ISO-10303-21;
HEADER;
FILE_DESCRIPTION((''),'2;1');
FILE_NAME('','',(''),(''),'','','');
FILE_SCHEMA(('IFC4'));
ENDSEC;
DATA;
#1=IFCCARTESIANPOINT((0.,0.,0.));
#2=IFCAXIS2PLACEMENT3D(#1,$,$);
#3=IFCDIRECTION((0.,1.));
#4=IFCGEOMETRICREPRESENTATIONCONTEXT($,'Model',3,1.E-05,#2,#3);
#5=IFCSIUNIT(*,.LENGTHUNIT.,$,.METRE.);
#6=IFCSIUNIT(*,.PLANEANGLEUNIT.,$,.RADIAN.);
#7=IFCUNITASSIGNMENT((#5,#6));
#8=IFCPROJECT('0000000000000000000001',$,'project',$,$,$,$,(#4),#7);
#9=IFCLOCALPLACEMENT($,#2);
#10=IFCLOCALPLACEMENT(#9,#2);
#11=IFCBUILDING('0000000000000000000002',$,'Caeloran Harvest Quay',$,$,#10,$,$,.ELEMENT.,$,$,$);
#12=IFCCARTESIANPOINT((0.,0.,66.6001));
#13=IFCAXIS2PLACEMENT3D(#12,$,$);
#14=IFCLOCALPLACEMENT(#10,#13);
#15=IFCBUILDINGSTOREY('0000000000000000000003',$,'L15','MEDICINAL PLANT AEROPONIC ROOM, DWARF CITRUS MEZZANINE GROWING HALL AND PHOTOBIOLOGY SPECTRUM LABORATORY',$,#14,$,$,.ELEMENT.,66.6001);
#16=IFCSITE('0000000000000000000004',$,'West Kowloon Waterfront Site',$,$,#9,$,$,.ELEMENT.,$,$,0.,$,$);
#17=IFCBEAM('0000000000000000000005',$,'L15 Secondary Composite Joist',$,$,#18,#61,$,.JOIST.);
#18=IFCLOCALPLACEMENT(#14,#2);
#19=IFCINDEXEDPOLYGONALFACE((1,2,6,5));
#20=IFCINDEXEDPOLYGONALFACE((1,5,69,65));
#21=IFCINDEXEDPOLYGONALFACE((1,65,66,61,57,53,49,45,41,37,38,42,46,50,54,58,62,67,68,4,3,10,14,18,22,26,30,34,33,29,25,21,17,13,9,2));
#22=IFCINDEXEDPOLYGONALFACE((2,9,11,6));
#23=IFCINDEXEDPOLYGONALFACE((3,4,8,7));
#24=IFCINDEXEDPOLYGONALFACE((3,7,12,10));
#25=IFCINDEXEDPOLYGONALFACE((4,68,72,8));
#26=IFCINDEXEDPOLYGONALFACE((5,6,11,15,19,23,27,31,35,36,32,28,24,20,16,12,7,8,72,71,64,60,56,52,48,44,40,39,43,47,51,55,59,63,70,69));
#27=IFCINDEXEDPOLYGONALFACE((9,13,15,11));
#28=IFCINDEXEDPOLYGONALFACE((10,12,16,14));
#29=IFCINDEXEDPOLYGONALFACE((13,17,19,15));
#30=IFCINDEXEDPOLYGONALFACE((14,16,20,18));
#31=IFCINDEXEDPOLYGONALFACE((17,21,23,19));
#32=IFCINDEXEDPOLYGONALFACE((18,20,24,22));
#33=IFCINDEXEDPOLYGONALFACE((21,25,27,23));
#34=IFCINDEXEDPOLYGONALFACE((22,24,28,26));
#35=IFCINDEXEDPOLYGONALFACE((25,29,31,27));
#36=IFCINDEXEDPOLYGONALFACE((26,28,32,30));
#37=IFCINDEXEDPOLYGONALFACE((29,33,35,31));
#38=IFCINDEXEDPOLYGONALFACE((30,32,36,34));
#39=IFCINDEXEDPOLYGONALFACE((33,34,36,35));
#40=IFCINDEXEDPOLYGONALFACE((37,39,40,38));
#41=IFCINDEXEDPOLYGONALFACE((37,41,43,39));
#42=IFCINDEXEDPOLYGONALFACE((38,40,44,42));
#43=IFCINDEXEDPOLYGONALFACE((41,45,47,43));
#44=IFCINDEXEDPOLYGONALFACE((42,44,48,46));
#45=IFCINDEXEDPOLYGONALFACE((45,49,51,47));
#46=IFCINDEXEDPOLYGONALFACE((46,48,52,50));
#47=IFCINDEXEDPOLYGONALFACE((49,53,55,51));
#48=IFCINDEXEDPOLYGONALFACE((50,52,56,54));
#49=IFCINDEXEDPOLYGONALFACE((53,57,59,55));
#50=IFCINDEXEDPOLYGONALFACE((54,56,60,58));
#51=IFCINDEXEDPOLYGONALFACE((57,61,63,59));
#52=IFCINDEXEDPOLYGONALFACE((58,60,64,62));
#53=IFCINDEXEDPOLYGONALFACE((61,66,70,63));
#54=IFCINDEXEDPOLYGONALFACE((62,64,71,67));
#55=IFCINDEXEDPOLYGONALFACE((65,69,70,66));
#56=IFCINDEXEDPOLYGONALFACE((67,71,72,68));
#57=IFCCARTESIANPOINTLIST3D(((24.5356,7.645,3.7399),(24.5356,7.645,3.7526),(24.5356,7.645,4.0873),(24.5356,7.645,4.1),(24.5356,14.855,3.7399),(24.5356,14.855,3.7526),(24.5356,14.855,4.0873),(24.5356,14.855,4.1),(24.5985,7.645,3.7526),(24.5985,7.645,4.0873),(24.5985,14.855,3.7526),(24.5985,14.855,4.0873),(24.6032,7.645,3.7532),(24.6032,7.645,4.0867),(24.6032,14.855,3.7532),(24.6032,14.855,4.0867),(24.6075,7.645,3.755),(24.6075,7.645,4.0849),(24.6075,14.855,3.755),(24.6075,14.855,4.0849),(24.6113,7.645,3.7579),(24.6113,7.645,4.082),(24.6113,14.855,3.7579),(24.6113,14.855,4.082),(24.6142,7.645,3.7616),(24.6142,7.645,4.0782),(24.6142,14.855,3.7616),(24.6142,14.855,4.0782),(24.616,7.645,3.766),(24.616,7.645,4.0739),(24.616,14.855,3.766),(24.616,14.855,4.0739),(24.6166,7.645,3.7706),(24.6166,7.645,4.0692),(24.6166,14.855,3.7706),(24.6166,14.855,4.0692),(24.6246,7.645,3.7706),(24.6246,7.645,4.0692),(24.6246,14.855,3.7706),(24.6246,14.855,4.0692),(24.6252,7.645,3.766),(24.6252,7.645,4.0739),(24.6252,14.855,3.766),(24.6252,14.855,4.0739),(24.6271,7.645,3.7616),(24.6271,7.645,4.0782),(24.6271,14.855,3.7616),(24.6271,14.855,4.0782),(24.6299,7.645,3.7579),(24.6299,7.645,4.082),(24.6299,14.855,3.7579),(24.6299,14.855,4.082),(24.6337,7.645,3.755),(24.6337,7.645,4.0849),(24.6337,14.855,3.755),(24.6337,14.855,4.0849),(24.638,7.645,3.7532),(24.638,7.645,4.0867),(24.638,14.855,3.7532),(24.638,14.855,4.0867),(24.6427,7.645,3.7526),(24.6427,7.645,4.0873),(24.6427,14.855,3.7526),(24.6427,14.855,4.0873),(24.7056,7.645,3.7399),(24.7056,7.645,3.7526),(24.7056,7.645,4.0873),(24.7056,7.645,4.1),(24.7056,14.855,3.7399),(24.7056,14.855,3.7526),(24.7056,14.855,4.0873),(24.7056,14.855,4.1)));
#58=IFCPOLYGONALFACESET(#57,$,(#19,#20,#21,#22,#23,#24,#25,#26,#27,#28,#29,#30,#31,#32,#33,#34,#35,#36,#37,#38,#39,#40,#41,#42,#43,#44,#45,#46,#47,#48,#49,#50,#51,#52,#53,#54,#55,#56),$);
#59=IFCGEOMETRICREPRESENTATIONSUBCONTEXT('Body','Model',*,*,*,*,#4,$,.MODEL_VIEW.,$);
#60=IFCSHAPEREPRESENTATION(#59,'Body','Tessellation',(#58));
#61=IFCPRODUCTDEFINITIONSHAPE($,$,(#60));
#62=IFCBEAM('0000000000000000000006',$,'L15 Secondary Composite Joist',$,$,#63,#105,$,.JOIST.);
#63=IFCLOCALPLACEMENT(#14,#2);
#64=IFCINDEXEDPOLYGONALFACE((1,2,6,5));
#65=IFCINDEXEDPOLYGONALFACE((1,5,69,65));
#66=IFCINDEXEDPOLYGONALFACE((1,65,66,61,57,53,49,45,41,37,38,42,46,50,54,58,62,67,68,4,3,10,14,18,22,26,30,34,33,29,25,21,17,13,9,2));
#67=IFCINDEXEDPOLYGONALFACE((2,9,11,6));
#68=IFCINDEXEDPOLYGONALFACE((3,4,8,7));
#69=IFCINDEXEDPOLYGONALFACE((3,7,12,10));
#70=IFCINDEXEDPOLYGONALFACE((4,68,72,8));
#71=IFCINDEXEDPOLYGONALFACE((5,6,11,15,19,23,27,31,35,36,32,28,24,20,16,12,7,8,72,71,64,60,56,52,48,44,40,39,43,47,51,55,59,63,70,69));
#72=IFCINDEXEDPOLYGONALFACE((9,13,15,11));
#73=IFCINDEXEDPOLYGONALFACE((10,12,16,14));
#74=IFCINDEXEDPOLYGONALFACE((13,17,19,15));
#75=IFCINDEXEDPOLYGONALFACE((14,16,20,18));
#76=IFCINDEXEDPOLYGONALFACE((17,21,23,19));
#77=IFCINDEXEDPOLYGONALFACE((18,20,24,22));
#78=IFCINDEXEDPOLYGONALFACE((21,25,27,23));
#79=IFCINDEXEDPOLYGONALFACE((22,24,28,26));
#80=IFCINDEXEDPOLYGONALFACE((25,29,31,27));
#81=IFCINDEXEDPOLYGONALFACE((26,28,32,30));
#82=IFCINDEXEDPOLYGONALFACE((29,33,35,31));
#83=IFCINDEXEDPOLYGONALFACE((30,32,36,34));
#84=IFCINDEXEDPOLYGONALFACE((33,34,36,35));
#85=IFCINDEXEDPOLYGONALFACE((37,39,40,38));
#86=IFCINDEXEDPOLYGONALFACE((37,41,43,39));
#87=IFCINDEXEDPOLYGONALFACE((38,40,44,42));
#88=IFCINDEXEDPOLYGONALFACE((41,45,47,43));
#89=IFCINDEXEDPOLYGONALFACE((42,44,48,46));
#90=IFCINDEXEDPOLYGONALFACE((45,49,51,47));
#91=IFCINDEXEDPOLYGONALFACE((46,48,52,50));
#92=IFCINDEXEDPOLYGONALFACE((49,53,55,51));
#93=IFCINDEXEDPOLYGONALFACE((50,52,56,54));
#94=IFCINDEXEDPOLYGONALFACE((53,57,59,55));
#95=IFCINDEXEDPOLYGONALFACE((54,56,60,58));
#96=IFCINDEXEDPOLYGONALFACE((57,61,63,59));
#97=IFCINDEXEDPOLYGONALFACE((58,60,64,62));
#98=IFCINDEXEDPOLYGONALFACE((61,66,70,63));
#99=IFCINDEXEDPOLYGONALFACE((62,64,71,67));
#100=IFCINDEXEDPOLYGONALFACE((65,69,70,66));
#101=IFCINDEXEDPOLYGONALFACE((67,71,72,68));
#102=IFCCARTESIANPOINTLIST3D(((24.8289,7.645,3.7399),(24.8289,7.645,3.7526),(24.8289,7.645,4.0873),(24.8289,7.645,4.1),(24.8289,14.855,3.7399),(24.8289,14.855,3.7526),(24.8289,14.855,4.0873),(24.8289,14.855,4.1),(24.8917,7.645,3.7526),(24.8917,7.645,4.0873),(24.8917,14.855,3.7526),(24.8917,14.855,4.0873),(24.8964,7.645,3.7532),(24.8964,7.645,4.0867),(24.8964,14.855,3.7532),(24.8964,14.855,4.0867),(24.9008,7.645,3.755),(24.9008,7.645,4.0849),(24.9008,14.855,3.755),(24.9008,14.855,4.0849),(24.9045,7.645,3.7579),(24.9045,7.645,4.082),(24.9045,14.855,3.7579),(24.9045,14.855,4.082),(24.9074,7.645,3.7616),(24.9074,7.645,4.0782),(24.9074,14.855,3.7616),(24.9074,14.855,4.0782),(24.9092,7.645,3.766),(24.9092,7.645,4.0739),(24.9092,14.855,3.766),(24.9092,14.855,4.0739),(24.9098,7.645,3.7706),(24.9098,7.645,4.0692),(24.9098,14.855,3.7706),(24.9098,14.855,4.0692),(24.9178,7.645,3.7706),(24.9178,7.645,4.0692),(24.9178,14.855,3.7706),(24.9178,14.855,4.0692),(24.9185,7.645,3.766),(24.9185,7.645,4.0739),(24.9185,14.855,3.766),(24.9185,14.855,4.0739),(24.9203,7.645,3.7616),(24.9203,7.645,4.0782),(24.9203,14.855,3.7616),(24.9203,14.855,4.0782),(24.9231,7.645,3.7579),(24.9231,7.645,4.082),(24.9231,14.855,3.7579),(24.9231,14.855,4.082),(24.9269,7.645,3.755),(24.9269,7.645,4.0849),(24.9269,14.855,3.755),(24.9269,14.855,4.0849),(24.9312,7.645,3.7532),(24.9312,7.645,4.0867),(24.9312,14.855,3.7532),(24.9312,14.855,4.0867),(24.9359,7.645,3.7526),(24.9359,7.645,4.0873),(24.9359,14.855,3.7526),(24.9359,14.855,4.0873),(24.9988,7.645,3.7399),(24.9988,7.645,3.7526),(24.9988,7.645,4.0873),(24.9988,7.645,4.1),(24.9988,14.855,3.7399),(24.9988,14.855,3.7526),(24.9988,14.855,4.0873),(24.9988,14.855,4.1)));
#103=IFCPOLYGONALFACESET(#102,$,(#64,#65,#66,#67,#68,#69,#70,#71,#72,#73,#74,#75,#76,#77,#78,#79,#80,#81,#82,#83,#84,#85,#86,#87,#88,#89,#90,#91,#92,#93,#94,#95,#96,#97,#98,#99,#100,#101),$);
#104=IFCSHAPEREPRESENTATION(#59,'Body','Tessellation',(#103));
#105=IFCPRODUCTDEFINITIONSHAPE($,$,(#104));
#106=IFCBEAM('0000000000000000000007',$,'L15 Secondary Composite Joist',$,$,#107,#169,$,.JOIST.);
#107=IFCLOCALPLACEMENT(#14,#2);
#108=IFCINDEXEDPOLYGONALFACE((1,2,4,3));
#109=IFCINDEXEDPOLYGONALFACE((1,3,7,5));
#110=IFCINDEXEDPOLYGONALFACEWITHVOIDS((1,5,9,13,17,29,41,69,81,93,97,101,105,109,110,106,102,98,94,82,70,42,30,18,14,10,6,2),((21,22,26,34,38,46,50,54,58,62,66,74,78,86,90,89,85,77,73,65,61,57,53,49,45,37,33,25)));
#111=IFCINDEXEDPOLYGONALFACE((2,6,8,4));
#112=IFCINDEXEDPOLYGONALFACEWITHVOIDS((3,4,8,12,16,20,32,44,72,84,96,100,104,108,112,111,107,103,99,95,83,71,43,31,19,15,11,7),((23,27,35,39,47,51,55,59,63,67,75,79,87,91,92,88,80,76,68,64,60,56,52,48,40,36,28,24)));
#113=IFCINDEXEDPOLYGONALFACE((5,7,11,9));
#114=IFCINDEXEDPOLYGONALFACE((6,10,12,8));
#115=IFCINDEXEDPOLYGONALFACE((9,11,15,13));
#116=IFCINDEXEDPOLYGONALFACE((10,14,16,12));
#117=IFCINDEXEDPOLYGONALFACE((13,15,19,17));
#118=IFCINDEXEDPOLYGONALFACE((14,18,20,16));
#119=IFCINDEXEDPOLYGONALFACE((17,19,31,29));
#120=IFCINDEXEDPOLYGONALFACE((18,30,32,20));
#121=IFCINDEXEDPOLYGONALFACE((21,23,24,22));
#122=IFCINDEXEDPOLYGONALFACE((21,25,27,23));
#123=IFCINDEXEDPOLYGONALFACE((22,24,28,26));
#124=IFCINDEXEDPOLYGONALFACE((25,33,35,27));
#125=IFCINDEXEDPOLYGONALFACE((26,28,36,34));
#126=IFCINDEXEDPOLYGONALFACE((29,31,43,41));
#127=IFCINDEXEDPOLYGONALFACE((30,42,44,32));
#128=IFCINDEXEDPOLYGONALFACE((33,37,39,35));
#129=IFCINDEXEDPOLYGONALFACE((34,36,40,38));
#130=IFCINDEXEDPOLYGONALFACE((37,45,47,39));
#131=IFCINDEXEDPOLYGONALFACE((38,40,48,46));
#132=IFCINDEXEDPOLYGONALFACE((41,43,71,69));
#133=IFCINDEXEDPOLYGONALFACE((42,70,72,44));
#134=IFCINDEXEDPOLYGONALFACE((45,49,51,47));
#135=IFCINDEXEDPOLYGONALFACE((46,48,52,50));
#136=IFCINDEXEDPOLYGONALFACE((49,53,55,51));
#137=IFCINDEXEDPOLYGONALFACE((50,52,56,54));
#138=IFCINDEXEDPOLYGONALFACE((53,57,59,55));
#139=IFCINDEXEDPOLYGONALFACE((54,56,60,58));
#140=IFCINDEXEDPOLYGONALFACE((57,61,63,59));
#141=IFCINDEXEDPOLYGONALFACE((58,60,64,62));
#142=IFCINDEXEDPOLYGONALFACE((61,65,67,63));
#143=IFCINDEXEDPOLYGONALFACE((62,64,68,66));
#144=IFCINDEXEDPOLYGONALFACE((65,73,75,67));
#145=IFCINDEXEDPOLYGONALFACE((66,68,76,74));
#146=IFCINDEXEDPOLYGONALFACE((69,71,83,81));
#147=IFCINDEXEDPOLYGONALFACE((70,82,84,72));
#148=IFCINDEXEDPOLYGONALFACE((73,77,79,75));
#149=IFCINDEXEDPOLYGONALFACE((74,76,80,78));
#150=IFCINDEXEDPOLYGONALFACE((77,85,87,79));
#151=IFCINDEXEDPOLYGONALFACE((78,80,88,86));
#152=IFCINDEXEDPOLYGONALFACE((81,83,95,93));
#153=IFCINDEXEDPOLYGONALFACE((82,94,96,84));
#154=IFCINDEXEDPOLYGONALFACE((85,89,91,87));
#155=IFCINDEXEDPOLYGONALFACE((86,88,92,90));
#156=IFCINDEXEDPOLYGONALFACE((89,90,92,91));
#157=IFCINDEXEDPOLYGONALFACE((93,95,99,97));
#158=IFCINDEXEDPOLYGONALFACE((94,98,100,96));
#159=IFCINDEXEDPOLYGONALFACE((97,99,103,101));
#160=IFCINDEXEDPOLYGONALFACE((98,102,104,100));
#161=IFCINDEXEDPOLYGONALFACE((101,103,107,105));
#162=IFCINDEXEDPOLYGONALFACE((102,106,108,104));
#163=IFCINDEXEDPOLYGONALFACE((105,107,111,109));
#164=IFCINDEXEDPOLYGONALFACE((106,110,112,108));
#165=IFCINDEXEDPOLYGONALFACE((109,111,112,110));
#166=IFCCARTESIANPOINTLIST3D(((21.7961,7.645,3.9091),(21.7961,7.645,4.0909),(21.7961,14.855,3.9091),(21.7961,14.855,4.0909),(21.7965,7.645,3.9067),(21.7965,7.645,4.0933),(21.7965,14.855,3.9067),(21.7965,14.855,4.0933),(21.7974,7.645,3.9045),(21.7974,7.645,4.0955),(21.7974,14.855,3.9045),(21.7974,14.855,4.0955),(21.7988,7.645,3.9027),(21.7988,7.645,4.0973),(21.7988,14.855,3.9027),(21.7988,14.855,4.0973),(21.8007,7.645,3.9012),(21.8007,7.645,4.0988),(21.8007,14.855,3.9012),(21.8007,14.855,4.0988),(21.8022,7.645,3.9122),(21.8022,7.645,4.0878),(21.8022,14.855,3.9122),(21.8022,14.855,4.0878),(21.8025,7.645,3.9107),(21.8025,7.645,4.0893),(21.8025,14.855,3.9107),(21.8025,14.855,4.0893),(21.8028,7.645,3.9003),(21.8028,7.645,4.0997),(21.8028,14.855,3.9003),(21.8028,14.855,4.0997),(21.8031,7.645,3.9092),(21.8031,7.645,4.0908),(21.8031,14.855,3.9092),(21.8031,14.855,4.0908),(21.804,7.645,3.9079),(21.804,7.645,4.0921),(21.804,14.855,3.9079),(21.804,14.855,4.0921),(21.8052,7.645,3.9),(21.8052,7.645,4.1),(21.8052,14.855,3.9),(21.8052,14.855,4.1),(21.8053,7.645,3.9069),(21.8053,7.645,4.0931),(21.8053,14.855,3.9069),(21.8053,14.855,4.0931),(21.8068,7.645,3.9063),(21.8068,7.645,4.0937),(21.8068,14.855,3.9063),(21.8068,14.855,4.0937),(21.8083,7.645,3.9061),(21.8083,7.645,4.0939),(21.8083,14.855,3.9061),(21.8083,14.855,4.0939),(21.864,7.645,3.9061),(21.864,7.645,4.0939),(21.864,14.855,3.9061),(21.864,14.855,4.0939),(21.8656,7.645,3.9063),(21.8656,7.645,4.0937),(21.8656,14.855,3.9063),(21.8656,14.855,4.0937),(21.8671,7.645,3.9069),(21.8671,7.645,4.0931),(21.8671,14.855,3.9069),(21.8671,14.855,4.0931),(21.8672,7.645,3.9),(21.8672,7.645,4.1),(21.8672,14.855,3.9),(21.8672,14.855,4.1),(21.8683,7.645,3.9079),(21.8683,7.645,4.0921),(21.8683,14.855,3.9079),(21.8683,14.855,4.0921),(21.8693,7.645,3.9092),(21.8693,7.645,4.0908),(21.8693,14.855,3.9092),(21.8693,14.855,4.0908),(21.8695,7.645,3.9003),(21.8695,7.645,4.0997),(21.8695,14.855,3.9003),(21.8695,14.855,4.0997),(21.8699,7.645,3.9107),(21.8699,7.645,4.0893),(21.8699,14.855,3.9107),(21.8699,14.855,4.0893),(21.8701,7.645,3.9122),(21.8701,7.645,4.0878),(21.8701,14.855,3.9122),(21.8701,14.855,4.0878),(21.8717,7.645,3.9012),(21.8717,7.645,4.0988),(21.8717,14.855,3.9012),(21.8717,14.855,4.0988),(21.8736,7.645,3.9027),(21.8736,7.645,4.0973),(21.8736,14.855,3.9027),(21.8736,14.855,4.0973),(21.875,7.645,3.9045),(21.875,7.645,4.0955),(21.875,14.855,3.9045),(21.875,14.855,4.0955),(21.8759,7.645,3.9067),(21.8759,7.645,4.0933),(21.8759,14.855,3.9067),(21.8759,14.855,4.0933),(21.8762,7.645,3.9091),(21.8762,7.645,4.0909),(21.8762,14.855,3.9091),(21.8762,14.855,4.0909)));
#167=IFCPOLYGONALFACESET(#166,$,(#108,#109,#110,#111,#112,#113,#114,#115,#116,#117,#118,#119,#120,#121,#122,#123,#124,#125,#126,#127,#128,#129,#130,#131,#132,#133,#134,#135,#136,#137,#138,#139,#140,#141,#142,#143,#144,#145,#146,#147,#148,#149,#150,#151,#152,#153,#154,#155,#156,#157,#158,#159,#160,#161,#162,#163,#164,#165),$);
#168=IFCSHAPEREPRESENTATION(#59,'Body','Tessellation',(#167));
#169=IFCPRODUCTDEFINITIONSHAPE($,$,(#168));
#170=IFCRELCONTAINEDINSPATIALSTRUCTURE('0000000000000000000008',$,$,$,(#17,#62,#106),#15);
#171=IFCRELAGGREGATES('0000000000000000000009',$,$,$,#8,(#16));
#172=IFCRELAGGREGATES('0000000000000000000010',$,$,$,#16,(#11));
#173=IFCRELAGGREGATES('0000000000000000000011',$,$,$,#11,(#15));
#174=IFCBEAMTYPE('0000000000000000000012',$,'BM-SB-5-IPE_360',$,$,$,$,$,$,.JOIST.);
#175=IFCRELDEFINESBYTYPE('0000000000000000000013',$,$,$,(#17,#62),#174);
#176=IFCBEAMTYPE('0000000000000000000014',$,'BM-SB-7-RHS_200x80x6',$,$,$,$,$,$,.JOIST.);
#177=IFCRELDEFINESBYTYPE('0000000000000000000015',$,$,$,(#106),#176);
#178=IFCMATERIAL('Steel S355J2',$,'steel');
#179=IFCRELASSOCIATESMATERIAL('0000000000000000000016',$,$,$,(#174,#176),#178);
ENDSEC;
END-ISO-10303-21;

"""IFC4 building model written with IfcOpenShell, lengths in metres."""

from ifc_helpers import new_model, si_unit, direction, frame, origin, origin_2d, place, context, subcontext, project, spatial, hollow_rectangle, i_section, extrude, material, material_profile, profile_set, type_object, element, save


model = new_model("IFC4")

# Units and contexts
model_context = context("Model", 3, precision=1e-05, world=origin(), true_north=direction((0.0, 1.0)))
body_context = subcontext(model_context, "Body", "Model", "MODEL_VIEW")
ifc_project = project(units=[si_unit("LENGTHUNIT", "METRE"), si_unit("PLANEANGLEUNIT", "RADIAN")], contexts=[model_context])

# Site, building, storey
site_placement = place(None, origin())
site = spatial("IfcSite", under=ifc_project, at=site_placement, Name="West Kowloon Waterfront Site", CompositionType="ELEMENT", RefElevation=0.0)
building_placement = place(site_placement, origin())
building = spatial("IfcBuilding", under=site, at=building_placement, Name="Caeloran Harvest Quay", CompositionType="ELEMENT")
storey_placement = place(building_placement, frame((0.0, 0.0, 66.6001)))
storey = spatial("IfcBuildingStorey", under=building, at=storey_placement, Name="L15", Description="MEDICINAL PLANT AEROPONIC ROOM, DWARF CITRUS MEZZANINE GROWING HALL AND PHOTOBIOLOGY SPECTRUM LABORATORY", CompositionType="ELEMENT", Elevation=66.6001)

# Beams
ifc_material_1 = material(Name="Steel S355J2", Category="steel")
ifc_material_profile_1 = material_profile(ifc_material_1, i_section(OverallWidth=0.1699, OverallDepth=0.3601, WebThickness=0.0081, FlangeThickness=0.0127, FilletRadius=0.0181, at=origin_2d()), Name="IPE 360")
ifc_profile_set_1 = profile_set([ifc_material_profile_1], Name="Steel S355J2")
beam_type_1 = type_object("IfcBeamType", Name="BM-SB-5-IPE_360", PredefinedType="JOIST", material=ifc_profile_set_1)
for number, where, z_axis, x_axis, name in (
    (1, (24.6206, 7.645, 3.9199), (0.0, 1.0, 0.0), (-1.0, 0.0, 0.0), "L15 Secondary Composite Joist"),
    (2, (24.9138, 7.645, 3.9199), (0.0, 1.0, 0.0), (-1.0, 0.0, 0.0), "L15 Secondary Composite Joist"),
):
    element("IfcBeam", number, at=place(storey_placement, frame(where, z_axis=z_axis, x_axis=x_axis)), inside=storey, type_object=beam_type_1, Name=name, PredefinedType="JOIST", context=body_context, shape_type="SweptSolid", body=[
        extrude(i_section(OverallWidth=0.1699, OverallDepth=0.3601, WebThickness=0.0081, FlangeThickness=0.0127, FilletRadius=0.0181, at=origin_2d()), origin(), (0.0, 0.0, 1.0), 7.21),
    ])
ifc_material_profile_2 = material_profile(ifc_material_1, hollow_rectangle(XDim=0.0801, YDim=0.2, WallThickness=0.0061, InnerFilletRadius=0.0061, OuterFilletRadius=0.009, at=origin_2d()), Name="RHS 200x80x6")
ifc_profile_set_2 = profile_set([ifc_material_profile_2], Name="Steel S355J2")
beam_type_2 = type_object("IfcBeamType", Name="BM-SB-7-RHS_200x80x6", PredefinedType="JOIST", material=ifc_profile_set_2)
for number, where, z_axis, x_axis, name in (
    (3, (21.8362, 7.645, 4.0), (0.0, 1.0, 0.0), (-1.0, 0.0, 0.0), "L15 Secondary Composite Joist"),
):
    element("IfcBeam", number, at=place(storey_placement, frame(where, z_axis=z_axis, x_axis=x_axis)), inside=storey, type_object=beam_type_2, Name=name, PredefinedType="JOIST", context=body_context, shape_type="SweptSolid", body=[
        extrude(hollow_rectangle(XDim=0.0801, YDim=0.2, WallThickness=0.0061, InnerFilletRadius=0.0061, OuterFilletRadius=0.009, at=origin_2d()), origin(), (0.0, 0.0, 1.0), 7.21),
    ])

save(model, "model.ifc")
